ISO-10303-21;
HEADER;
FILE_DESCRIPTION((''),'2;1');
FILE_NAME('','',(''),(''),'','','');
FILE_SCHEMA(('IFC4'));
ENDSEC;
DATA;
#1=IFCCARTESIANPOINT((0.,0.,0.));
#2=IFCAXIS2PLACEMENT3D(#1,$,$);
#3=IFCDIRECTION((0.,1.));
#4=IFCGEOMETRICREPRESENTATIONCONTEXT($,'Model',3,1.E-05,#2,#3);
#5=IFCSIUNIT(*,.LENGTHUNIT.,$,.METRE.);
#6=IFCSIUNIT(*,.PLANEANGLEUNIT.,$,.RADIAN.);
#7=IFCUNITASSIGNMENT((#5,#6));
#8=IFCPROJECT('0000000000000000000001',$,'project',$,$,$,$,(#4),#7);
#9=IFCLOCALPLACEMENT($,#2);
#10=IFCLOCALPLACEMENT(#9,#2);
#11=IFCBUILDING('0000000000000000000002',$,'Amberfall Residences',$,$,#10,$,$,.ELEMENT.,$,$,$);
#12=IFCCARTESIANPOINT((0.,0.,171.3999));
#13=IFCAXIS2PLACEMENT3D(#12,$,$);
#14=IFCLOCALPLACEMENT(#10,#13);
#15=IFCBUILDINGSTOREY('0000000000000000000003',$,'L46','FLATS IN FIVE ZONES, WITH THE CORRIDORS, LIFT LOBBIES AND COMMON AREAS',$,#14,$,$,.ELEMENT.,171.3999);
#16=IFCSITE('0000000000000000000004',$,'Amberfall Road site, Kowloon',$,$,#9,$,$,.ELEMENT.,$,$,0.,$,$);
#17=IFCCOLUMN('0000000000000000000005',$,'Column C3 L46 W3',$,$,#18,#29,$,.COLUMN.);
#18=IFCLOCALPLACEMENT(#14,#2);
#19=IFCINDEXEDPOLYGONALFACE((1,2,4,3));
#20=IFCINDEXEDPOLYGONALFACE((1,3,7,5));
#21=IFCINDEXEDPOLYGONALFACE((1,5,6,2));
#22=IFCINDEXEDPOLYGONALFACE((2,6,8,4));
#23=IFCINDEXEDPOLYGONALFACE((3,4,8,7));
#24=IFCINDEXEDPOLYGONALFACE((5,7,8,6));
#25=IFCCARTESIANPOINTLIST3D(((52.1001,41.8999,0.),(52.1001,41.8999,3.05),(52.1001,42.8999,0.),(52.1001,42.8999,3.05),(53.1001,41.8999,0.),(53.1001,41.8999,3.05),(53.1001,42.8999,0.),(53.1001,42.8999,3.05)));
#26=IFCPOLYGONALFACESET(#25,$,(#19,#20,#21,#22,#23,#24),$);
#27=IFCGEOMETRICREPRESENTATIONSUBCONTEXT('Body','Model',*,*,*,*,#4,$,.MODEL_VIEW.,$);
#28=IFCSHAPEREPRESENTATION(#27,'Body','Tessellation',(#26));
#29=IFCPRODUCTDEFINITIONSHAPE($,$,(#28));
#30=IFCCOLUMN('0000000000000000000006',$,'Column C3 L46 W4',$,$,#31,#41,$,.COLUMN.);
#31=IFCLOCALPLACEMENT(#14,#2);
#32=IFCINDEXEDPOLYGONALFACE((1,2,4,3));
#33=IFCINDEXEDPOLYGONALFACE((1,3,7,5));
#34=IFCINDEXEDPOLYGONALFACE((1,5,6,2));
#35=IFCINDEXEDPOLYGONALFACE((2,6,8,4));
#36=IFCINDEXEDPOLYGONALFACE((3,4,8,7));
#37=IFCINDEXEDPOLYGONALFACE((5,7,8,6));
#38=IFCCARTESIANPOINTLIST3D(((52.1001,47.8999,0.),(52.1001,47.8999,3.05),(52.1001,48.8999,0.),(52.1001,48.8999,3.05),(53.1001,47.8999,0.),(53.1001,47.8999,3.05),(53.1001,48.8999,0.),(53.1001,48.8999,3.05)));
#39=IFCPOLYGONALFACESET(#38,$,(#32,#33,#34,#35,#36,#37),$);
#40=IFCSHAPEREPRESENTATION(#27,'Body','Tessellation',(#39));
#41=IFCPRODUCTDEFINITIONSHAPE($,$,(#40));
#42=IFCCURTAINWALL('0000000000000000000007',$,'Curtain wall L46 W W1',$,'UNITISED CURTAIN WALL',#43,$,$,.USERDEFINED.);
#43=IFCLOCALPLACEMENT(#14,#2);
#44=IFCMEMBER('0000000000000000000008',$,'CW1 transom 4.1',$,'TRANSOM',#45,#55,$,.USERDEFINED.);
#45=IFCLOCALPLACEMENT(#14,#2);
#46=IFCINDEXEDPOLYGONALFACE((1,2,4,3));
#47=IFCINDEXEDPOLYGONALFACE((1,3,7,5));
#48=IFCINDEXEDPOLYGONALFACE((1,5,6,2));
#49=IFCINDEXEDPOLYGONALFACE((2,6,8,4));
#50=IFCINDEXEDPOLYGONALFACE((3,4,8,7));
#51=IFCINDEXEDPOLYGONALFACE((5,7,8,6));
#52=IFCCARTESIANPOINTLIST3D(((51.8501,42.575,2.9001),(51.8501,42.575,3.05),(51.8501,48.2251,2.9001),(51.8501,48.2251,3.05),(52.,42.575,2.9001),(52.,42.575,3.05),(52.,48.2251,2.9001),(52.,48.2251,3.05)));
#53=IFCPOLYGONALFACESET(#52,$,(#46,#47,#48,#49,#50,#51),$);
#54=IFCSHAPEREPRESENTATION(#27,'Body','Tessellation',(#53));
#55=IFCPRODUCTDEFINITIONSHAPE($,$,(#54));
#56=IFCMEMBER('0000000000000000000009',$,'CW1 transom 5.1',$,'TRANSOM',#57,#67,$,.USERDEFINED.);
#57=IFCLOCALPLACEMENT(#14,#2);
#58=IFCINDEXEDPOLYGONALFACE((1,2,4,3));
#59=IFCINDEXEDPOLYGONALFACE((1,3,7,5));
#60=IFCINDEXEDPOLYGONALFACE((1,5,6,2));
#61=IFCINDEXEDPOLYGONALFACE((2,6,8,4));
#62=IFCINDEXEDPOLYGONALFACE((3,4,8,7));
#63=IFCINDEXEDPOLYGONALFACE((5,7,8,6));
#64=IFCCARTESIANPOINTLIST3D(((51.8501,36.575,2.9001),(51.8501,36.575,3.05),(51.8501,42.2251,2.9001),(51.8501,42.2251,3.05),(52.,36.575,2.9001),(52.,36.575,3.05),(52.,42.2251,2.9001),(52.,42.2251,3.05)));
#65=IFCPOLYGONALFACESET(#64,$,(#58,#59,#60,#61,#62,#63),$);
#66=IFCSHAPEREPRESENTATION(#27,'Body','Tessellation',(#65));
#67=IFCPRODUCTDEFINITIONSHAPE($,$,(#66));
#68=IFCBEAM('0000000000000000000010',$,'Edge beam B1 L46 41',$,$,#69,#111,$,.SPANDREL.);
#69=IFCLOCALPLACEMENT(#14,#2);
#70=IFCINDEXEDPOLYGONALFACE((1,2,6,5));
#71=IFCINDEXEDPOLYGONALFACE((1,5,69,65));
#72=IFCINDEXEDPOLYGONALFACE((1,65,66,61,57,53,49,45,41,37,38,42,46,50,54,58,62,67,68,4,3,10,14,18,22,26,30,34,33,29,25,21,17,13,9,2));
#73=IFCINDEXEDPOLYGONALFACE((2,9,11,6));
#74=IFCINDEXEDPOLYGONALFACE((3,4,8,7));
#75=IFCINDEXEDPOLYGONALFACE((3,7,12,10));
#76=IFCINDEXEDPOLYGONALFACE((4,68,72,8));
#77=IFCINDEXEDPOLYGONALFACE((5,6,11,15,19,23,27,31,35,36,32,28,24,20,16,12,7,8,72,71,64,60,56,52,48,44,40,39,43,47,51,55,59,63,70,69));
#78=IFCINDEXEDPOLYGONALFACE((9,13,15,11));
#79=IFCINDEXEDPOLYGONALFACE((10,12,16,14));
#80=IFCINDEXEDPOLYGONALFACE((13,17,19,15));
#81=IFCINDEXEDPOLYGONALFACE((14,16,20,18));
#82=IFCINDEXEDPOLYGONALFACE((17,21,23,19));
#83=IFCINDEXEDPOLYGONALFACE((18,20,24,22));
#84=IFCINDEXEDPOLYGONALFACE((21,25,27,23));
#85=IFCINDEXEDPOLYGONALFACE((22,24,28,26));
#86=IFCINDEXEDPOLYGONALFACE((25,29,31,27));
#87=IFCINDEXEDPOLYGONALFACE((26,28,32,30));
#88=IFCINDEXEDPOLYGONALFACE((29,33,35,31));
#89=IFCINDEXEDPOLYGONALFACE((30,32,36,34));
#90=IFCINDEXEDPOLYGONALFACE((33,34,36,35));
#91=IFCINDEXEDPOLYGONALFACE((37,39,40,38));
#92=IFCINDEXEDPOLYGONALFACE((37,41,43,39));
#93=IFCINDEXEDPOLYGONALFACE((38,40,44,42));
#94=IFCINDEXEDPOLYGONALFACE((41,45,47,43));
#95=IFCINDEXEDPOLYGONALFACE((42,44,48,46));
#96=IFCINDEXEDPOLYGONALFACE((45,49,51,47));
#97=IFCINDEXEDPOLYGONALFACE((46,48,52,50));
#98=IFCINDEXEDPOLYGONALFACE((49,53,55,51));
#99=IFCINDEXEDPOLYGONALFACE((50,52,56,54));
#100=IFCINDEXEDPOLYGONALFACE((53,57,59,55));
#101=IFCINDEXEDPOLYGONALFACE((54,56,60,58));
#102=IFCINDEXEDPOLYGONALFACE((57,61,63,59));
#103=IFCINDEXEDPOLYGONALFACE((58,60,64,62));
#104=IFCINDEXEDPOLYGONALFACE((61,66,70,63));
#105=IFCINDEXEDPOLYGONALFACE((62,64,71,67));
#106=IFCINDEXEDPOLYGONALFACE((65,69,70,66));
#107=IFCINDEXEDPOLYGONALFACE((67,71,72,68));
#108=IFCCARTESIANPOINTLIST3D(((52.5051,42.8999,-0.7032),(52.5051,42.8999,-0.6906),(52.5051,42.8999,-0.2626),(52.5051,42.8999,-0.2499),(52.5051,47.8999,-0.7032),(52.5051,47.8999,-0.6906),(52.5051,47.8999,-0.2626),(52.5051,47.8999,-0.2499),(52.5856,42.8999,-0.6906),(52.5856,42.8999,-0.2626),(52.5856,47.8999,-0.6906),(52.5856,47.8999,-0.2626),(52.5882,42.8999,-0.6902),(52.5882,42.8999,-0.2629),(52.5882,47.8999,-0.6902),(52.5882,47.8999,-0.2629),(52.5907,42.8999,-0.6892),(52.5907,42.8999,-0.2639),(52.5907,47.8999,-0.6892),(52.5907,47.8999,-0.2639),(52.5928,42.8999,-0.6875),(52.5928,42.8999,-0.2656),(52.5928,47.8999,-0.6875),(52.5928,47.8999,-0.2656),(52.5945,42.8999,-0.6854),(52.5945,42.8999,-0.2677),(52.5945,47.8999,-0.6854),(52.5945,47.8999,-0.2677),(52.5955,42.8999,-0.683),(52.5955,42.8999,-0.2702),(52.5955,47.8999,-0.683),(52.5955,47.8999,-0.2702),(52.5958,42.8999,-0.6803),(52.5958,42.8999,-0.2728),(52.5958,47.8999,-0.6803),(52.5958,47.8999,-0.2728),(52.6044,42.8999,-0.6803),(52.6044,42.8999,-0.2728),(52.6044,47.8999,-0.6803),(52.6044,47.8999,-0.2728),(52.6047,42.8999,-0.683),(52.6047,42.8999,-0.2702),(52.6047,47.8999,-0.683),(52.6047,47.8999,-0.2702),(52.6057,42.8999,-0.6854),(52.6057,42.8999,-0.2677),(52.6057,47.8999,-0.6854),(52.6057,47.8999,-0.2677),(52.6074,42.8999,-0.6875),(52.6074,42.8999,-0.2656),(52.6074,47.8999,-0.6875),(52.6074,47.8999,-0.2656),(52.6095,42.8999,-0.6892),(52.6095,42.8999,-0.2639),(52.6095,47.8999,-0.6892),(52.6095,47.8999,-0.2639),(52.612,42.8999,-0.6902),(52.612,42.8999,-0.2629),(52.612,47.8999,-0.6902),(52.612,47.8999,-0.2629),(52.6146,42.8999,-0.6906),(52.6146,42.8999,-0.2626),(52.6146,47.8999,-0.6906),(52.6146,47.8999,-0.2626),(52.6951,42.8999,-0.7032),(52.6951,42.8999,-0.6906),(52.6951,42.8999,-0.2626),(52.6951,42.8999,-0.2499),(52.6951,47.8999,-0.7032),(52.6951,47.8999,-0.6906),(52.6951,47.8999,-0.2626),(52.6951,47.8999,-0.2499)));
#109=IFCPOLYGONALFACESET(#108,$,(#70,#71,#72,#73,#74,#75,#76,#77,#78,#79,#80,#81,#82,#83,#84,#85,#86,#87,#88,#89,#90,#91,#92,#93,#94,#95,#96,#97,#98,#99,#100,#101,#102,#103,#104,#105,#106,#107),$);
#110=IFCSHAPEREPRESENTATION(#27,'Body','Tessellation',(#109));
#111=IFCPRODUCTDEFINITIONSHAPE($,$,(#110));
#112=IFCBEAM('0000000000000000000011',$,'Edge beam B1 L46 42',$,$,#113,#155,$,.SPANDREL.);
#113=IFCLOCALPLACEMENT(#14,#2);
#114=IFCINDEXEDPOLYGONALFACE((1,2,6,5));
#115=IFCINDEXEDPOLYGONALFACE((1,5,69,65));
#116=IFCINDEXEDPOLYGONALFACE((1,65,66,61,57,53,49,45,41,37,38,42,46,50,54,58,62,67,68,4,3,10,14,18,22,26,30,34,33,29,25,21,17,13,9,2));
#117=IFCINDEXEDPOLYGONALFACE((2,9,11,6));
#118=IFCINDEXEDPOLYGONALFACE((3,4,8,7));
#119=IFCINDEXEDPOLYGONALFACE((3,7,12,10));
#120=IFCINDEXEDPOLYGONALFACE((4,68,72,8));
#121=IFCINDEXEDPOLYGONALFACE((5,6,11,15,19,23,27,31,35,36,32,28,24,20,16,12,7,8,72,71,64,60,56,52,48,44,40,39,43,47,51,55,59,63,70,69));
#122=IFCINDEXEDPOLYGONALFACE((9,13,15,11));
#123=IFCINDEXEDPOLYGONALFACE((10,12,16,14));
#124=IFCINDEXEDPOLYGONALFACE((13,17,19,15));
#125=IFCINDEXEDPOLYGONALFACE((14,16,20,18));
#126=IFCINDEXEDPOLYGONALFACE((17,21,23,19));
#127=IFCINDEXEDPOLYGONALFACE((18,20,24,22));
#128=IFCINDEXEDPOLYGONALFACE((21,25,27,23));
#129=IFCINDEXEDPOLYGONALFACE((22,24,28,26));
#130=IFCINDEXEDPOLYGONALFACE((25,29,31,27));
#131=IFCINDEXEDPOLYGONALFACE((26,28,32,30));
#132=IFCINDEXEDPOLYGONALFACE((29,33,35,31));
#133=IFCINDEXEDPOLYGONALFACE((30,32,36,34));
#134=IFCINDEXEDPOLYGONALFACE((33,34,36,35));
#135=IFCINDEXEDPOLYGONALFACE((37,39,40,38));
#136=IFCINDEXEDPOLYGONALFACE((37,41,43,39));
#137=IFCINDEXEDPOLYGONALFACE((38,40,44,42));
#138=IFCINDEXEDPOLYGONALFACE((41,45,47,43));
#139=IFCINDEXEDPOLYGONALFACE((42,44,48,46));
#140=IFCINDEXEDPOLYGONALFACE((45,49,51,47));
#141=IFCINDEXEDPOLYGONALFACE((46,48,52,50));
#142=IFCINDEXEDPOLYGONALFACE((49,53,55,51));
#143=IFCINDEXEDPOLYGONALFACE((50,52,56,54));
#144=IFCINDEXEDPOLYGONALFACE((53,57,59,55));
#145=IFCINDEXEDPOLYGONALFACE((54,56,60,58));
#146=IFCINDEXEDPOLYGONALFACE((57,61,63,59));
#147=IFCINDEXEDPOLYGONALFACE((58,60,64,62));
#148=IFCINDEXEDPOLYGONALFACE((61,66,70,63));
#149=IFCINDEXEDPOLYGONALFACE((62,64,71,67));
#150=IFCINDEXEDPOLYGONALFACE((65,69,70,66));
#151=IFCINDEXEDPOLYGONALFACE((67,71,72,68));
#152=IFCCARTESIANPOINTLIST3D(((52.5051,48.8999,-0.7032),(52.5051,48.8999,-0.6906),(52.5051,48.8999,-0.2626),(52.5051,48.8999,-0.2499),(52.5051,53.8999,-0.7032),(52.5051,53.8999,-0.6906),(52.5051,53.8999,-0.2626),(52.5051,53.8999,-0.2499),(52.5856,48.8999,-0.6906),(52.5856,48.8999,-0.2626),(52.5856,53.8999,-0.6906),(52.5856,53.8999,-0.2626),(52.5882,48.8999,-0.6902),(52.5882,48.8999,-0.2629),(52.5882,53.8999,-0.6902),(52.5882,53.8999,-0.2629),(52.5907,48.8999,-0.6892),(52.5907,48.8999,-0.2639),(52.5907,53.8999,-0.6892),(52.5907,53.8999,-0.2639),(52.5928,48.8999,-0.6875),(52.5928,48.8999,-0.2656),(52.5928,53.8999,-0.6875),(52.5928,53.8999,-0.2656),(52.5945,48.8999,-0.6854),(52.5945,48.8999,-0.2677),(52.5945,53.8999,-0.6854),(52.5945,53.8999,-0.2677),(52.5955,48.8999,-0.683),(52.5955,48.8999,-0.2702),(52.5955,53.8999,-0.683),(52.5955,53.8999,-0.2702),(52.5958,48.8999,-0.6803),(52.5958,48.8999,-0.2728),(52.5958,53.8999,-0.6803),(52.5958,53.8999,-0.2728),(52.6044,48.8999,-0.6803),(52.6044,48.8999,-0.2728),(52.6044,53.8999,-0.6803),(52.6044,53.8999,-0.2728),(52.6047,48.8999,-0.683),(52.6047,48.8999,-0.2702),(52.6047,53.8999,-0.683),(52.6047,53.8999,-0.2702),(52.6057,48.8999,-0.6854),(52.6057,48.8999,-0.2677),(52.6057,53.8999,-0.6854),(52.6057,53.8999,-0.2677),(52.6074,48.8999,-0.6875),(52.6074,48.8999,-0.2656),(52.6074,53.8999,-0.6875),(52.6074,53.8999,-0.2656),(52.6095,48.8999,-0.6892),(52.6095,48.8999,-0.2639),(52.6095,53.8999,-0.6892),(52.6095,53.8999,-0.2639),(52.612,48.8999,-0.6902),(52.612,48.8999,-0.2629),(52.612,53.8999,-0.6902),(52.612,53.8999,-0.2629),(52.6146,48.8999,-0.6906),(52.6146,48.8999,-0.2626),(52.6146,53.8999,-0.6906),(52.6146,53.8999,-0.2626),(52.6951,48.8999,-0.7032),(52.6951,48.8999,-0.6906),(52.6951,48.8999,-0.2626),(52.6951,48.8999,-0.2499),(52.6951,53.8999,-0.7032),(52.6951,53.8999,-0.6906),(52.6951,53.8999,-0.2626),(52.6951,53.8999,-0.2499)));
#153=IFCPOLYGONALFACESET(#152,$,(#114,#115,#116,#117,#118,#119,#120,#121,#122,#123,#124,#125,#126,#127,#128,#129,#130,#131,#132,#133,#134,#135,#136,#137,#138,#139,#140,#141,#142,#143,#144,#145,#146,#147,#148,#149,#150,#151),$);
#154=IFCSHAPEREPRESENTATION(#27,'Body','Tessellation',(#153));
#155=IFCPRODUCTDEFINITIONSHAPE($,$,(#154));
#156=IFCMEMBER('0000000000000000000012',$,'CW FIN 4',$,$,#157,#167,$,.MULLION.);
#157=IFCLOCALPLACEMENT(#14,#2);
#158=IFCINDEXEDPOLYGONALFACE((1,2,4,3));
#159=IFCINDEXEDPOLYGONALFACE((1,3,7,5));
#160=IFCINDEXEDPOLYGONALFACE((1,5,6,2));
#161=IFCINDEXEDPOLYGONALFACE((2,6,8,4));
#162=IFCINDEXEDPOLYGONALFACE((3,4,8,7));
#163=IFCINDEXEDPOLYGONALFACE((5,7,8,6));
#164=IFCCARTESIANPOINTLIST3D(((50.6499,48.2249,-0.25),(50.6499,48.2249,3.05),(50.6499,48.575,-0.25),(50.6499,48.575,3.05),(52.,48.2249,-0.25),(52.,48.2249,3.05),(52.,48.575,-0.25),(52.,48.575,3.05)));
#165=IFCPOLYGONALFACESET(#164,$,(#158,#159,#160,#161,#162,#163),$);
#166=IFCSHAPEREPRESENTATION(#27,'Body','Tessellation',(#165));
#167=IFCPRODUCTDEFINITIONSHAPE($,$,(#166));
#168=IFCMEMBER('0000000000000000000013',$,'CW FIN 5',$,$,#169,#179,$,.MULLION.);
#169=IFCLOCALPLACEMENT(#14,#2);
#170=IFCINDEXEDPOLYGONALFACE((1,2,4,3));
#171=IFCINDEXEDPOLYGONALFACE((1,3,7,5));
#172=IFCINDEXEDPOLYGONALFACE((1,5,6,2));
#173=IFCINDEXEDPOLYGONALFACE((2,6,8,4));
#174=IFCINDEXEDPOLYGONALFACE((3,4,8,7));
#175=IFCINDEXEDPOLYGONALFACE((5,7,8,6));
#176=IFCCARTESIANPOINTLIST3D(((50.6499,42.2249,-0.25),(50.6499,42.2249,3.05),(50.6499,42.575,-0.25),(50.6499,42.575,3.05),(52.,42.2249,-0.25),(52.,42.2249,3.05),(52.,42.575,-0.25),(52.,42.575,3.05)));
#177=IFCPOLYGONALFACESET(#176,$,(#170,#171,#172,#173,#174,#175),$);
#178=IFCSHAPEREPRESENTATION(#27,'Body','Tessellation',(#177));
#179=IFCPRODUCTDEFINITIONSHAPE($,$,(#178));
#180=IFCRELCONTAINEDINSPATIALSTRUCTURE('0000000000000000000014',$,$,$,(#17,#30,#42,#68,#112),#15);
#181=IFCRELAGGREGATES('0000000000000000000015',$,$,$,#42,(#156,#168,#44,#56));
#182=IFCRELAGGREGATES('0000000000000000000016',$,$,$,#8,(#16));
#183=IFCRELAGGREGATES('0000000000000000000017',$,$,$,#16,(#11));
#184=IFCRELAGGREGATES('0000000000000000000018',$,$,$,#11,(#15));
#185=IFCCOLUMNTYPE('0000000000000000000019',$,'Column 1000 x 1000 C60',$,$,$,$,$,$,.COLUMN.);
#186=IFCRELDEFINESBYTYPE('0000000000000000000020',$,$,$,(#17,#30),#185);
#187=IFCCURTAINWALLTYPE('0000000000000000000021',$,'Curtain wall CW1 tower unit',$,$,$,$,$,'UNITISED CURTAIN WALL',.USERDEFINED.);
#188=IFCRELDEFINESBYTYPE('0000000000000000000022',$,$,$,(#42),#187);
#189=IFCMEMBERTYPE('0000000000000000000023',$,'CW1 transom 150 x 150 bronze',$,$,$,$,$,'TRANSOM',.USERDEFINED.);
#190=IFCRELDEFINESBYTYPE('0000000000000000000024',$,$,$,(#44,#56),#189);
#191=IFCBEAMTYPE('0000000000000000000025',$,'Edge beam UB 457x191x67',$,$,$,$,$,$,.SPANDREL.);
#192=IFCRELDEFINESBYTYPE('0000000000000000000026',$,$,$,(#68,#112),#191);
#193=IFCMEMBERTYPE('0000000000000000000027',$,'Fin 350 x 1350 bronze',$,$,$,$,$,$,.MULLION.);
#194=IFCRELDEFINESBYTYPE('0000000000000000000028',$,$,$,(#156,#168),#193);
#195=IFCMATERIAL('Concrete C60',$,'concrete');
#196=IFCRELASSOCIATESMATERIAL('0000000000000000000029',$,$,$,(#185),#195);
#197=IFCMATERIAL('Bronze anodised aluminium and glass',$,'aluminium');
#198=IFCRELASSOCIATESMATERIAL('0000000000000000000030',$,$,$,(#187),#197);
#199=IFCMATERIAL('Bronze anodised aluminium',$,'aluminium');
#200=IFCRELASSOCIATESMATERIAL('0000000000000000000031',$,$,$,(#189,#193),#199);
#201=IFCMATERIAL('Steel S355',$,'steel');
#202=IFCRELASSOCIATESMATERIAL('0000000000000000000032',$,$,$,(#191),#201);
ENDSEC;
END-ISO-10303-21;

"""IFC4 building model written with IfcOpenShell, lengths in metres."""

from ifc_helpers import new_model, si_unit, direction, frame, origin, origin_2d, place, context, subcontext, project, spatial, rectangle, i_section, extrude, material, material_profile, profile_set, type_object, element, aggregate, save


model = new_model("IFC4")

# Units and contexts
model_context = context("Model", 3, precision=1e-05, world=origin(), true_north=direction((0.0, 1.0)))
body_context = subcontext(model_context, "Body", "Model", "MODEL_VIEW")
ifc_project = project(units=[si_unit("LENGTHUNIT", "METRE"), si_unit("PLANEANGLEUNIT", "RADIAN")], contexts=[model_context])

# Site, building, storey
site_placement = place(None, origin())
site = spatial("IfcSite", under=ifc_project, at=site_placement, Name="Amberfall Road site, Kowloon", CompositionType="ELEMENT", RefElevation=0.0)
building_placement = place(site_placement, origin())
building = spatial("IfcBuilding", under=site, at=building_placement, Name="Amberfall Residences", CompositionType="ELEMENT")
storey_placement = place(building_placement, frame((0.0, 0.0, 171.3999)))
storey = spatial("IfcBuildingStorey", under=building, at=storey_placement, Name="L46", Description="FLATS IN FIVE ZONES, WITH THE CORRIDORS, LIFT LOBBIES AND COMMON AREAS", CompositionType="ELEMENT", Elevation=171.3999)

# Columns
ifc_material_1 = material(Name="Concrete C60", Category="concrete")
ifc_material_profile_1 = material_profile(ifc_material_1, rectangle(XDim=1.0, YDim=1.0, at=origin_2d()), Name="Column 1000 x 1000 C60")
ifc_profile_set_1 = profile_set([ifc_material_profile_1], Name="Concrete C60")
column_type = type_object("IfcColumnType", Name="Column 1000 x 1000 C60", PredefinedType="COLUMN", material=ifc_profile_set_1)
for number, where, z_axis, x_axis, name in (
    (1, (52.6001, 42.3999, 0.0), (0.0, 0.0, 1.0), (1.0, 0.0, 0.0), "Column C3 L46 W3"),
    (2, (52.6001, 48.3999, 0.0), (0.0, 0.0, 1.0), (1.0, 0.0, 0.0), "Column C3 L46 W4"),
):
    element("IfcColumn", number, at=place(storey_placement, frame(where, z_axis=z_axis, x_axis=x_axis)), inside=storey, type_object=column_type, Name=name, PredefinedType="COLUMN", context=body_context, shape_type="SweptSolid", body=[
        extrude(rectangle(XDim=1.0, YDim=1.0, at=origin_2d()), origin(), (0.0, 0.0, 1.0), 3.05),
    ])

# Curtain wall, members
ifc_material_2 = material(Name="Bronze anodised aluminium and glass", Category="aluminium")
curtain_wall_type = type_object("IfcCurtainWallType", Name="Curtain wall CW1 tower unit", ElementType="UNITISED CURTAIN WALL", PredefinedType="USERDEFINED", material=ifc_material_2)
curtain_wall_placement = place(storey_placement, origin())
curtain_wall = element("IfcCurtainWall", 3, at=curtain_wall_placement, inside=storey, type_object=curtain_wall_type, Name="Curtain wall L46 W W1", ObjectType="UNITISED CURTAIN WALL", PredefinedType="USERDEFINED")
ifc_material_3 = material(Name="Bronze anodised aluminium", Category="aluminium")
ifc_material_profile_2 = material_profile(ifc_material_3, rectangle(XDim=0.1499, YDim=0.1499, at=origin_2d()), Name="CW1 transom 150 x 150 bronze")
ifc_profile_set_2 = profile_set([ifc_material_profile_2], Name="Bronze anodised aluminium")
member_type_1 = type_object("IfcMemberType", Name="CW1 transom 150 x 150 bronze", ElementType="TRANSOM", PredefinedType="USERDEFINED", material=ifc_profile_set_2)
member_1_placement = place(storey_placement, frame((51.925, 48.2251, 2.9751), z_axis=(0.0, -1.0, 0.0), x_axis=(1.0, 0.0, 0.0)))
member_1 = element("IfcMember", 4, at=member_1_placement, type_object=member_type_1, Name="CW1 transom 4.1", ObjectType="TRANSOM", PredefinedType="USERDEFINED", context=body_context, shape_type="SweptSolid", body=[
    extrude(rectangle(XDim=0.1499, YDim=0.1499, at=origin_2d()), origin(), (0.0, 0.0, 1.0), 5.6501),
])
member_2_placement = place(storey_placement, frame((51.925, 42.2251, 2.9751), z_axis=(0.0, -1.0, 0.0), x_axis=(1.0, 0.0, 0.0)))
member_2 = element("IfcMember", 5, at=member_2_placement, type_object=member_type_1, Name="CW1 transom 5.1", ObjectType="TRANSOM", PredefinedType="USERDEFINED", context=body_context, shape_type="SweptSolid", body=[
    extrude(rectangle(XDim=0.1499, YDim=0.1499, at=origin_2d()), origin(), (0.0, 0.0, 1.0), 5.6501),
])

# Beams
ifc_material_4 = material(Name="Steel S355", Category="steel")
ifc_material_profile_3 = material_profile(ifc_material_4, i_section(OverallWidth=0.1899, OverallDepth=0.4534, WebThickness=0.0085, FlangeThickness=0.0127, FilletRadius=0.0103, at=origin_2d()), Name="UB 457x191x67")
ifc_profile_set_3 = profile_set([ifc_material_profile_3], Name="Steel S355")
beam_type_1 = type_object("IfcBeamType", Name="Edge beam UB 457x191x67", PredefinedType="SPANDREL", material=ifc_profile_set_3)
for number, where, z_axis, x_axis, name in (
    (6, (52.6001, 42.8999, -0.4766), (0.0, 1.0, 0.0), (-1.0, 0.0, 0.0), "Edge beam B1 L46 41"),
    (7, (52.6001, 48.8999, -0.4766), (0.0, 1.0, 0.0), (-1.0, 0.0, 0.0), "Edge beam B1 L46 42"),
):
    element("IfcBeam", number, at=place(storey_placement, frame(where, z_axis=z_axis, x_axis=x_axis)), inside=storey, type_object=beam_type_1, Name=name, PredefinedType="SPANDREL", context=body_context, shape_type="SweptSolid", body=[
        extrude(i_section(OverallWidth=0.1899, OverallDepth=0.4534, WebThickness=0.0085, FlangeThickness=0.0127, FilletRadius=0.0103, at=origin_2d()), origin(), (0.0, 0.0, 1.0), 5.0),
    ])

# Members
ifc_material_profile_4 = material_profile(ifc_material_3, rectangle(XDim=1.3501, YDim=0.3501, at=origin_2d()), Name="Fin 350 x 1350 bronze")
ifc_profile_set_4 = profile_set([ifc_material_profile_4], Name="Bronze anodised aluminium")
member_type_2 = type_object("IfcMemberType", Name="Fin 350 x 1350 bronze", PredefinedType="MULLION", material=ifc_profile_set_4)
member_3_placement = place(storey_placement, frame((51.325, 48.3999, -0.25), z_axis=(0.0, 0.0, 1.0), x_axis=(1.0, 0.0, 0.0)))
member_3 = element("IfcMember", 8, at=member_3_placement, type_object=member_type_2, Name="CW FIN 4", PredefinedType="MULLION", context=body_context, shape_type="SweptSolid", body=[
    extrude(rectangle(XDim=1.3501, YDim=0.3501, at=origin_2d()), origin(), (0.0, 0.0, 1.0), 3.3),
])
member_4_placement = place(storey_placement, frame((51.325, 42.3999, -0.25), z_axis=(0.0, 0.0, 1.0), x_axis=(1.0, 0.0, 0.0)))
member_4 = element("IfcMember", 9, at=member_4_placement, type_object=member_type_2, Name="CW FIN 5", PredefinedType="MULLION", context=body_context, shape_type="SweptSolid", body=[
    extrude(rectangle(XDim=1.3501, YDim=0.3501, at=origin_2d()), origin(), (0.0, 0.0, 1.0), 3.3),
])

aggregate(curtain_wall, [member_3, member_4, member_1, member_2])

save(model, "model.ifc")
